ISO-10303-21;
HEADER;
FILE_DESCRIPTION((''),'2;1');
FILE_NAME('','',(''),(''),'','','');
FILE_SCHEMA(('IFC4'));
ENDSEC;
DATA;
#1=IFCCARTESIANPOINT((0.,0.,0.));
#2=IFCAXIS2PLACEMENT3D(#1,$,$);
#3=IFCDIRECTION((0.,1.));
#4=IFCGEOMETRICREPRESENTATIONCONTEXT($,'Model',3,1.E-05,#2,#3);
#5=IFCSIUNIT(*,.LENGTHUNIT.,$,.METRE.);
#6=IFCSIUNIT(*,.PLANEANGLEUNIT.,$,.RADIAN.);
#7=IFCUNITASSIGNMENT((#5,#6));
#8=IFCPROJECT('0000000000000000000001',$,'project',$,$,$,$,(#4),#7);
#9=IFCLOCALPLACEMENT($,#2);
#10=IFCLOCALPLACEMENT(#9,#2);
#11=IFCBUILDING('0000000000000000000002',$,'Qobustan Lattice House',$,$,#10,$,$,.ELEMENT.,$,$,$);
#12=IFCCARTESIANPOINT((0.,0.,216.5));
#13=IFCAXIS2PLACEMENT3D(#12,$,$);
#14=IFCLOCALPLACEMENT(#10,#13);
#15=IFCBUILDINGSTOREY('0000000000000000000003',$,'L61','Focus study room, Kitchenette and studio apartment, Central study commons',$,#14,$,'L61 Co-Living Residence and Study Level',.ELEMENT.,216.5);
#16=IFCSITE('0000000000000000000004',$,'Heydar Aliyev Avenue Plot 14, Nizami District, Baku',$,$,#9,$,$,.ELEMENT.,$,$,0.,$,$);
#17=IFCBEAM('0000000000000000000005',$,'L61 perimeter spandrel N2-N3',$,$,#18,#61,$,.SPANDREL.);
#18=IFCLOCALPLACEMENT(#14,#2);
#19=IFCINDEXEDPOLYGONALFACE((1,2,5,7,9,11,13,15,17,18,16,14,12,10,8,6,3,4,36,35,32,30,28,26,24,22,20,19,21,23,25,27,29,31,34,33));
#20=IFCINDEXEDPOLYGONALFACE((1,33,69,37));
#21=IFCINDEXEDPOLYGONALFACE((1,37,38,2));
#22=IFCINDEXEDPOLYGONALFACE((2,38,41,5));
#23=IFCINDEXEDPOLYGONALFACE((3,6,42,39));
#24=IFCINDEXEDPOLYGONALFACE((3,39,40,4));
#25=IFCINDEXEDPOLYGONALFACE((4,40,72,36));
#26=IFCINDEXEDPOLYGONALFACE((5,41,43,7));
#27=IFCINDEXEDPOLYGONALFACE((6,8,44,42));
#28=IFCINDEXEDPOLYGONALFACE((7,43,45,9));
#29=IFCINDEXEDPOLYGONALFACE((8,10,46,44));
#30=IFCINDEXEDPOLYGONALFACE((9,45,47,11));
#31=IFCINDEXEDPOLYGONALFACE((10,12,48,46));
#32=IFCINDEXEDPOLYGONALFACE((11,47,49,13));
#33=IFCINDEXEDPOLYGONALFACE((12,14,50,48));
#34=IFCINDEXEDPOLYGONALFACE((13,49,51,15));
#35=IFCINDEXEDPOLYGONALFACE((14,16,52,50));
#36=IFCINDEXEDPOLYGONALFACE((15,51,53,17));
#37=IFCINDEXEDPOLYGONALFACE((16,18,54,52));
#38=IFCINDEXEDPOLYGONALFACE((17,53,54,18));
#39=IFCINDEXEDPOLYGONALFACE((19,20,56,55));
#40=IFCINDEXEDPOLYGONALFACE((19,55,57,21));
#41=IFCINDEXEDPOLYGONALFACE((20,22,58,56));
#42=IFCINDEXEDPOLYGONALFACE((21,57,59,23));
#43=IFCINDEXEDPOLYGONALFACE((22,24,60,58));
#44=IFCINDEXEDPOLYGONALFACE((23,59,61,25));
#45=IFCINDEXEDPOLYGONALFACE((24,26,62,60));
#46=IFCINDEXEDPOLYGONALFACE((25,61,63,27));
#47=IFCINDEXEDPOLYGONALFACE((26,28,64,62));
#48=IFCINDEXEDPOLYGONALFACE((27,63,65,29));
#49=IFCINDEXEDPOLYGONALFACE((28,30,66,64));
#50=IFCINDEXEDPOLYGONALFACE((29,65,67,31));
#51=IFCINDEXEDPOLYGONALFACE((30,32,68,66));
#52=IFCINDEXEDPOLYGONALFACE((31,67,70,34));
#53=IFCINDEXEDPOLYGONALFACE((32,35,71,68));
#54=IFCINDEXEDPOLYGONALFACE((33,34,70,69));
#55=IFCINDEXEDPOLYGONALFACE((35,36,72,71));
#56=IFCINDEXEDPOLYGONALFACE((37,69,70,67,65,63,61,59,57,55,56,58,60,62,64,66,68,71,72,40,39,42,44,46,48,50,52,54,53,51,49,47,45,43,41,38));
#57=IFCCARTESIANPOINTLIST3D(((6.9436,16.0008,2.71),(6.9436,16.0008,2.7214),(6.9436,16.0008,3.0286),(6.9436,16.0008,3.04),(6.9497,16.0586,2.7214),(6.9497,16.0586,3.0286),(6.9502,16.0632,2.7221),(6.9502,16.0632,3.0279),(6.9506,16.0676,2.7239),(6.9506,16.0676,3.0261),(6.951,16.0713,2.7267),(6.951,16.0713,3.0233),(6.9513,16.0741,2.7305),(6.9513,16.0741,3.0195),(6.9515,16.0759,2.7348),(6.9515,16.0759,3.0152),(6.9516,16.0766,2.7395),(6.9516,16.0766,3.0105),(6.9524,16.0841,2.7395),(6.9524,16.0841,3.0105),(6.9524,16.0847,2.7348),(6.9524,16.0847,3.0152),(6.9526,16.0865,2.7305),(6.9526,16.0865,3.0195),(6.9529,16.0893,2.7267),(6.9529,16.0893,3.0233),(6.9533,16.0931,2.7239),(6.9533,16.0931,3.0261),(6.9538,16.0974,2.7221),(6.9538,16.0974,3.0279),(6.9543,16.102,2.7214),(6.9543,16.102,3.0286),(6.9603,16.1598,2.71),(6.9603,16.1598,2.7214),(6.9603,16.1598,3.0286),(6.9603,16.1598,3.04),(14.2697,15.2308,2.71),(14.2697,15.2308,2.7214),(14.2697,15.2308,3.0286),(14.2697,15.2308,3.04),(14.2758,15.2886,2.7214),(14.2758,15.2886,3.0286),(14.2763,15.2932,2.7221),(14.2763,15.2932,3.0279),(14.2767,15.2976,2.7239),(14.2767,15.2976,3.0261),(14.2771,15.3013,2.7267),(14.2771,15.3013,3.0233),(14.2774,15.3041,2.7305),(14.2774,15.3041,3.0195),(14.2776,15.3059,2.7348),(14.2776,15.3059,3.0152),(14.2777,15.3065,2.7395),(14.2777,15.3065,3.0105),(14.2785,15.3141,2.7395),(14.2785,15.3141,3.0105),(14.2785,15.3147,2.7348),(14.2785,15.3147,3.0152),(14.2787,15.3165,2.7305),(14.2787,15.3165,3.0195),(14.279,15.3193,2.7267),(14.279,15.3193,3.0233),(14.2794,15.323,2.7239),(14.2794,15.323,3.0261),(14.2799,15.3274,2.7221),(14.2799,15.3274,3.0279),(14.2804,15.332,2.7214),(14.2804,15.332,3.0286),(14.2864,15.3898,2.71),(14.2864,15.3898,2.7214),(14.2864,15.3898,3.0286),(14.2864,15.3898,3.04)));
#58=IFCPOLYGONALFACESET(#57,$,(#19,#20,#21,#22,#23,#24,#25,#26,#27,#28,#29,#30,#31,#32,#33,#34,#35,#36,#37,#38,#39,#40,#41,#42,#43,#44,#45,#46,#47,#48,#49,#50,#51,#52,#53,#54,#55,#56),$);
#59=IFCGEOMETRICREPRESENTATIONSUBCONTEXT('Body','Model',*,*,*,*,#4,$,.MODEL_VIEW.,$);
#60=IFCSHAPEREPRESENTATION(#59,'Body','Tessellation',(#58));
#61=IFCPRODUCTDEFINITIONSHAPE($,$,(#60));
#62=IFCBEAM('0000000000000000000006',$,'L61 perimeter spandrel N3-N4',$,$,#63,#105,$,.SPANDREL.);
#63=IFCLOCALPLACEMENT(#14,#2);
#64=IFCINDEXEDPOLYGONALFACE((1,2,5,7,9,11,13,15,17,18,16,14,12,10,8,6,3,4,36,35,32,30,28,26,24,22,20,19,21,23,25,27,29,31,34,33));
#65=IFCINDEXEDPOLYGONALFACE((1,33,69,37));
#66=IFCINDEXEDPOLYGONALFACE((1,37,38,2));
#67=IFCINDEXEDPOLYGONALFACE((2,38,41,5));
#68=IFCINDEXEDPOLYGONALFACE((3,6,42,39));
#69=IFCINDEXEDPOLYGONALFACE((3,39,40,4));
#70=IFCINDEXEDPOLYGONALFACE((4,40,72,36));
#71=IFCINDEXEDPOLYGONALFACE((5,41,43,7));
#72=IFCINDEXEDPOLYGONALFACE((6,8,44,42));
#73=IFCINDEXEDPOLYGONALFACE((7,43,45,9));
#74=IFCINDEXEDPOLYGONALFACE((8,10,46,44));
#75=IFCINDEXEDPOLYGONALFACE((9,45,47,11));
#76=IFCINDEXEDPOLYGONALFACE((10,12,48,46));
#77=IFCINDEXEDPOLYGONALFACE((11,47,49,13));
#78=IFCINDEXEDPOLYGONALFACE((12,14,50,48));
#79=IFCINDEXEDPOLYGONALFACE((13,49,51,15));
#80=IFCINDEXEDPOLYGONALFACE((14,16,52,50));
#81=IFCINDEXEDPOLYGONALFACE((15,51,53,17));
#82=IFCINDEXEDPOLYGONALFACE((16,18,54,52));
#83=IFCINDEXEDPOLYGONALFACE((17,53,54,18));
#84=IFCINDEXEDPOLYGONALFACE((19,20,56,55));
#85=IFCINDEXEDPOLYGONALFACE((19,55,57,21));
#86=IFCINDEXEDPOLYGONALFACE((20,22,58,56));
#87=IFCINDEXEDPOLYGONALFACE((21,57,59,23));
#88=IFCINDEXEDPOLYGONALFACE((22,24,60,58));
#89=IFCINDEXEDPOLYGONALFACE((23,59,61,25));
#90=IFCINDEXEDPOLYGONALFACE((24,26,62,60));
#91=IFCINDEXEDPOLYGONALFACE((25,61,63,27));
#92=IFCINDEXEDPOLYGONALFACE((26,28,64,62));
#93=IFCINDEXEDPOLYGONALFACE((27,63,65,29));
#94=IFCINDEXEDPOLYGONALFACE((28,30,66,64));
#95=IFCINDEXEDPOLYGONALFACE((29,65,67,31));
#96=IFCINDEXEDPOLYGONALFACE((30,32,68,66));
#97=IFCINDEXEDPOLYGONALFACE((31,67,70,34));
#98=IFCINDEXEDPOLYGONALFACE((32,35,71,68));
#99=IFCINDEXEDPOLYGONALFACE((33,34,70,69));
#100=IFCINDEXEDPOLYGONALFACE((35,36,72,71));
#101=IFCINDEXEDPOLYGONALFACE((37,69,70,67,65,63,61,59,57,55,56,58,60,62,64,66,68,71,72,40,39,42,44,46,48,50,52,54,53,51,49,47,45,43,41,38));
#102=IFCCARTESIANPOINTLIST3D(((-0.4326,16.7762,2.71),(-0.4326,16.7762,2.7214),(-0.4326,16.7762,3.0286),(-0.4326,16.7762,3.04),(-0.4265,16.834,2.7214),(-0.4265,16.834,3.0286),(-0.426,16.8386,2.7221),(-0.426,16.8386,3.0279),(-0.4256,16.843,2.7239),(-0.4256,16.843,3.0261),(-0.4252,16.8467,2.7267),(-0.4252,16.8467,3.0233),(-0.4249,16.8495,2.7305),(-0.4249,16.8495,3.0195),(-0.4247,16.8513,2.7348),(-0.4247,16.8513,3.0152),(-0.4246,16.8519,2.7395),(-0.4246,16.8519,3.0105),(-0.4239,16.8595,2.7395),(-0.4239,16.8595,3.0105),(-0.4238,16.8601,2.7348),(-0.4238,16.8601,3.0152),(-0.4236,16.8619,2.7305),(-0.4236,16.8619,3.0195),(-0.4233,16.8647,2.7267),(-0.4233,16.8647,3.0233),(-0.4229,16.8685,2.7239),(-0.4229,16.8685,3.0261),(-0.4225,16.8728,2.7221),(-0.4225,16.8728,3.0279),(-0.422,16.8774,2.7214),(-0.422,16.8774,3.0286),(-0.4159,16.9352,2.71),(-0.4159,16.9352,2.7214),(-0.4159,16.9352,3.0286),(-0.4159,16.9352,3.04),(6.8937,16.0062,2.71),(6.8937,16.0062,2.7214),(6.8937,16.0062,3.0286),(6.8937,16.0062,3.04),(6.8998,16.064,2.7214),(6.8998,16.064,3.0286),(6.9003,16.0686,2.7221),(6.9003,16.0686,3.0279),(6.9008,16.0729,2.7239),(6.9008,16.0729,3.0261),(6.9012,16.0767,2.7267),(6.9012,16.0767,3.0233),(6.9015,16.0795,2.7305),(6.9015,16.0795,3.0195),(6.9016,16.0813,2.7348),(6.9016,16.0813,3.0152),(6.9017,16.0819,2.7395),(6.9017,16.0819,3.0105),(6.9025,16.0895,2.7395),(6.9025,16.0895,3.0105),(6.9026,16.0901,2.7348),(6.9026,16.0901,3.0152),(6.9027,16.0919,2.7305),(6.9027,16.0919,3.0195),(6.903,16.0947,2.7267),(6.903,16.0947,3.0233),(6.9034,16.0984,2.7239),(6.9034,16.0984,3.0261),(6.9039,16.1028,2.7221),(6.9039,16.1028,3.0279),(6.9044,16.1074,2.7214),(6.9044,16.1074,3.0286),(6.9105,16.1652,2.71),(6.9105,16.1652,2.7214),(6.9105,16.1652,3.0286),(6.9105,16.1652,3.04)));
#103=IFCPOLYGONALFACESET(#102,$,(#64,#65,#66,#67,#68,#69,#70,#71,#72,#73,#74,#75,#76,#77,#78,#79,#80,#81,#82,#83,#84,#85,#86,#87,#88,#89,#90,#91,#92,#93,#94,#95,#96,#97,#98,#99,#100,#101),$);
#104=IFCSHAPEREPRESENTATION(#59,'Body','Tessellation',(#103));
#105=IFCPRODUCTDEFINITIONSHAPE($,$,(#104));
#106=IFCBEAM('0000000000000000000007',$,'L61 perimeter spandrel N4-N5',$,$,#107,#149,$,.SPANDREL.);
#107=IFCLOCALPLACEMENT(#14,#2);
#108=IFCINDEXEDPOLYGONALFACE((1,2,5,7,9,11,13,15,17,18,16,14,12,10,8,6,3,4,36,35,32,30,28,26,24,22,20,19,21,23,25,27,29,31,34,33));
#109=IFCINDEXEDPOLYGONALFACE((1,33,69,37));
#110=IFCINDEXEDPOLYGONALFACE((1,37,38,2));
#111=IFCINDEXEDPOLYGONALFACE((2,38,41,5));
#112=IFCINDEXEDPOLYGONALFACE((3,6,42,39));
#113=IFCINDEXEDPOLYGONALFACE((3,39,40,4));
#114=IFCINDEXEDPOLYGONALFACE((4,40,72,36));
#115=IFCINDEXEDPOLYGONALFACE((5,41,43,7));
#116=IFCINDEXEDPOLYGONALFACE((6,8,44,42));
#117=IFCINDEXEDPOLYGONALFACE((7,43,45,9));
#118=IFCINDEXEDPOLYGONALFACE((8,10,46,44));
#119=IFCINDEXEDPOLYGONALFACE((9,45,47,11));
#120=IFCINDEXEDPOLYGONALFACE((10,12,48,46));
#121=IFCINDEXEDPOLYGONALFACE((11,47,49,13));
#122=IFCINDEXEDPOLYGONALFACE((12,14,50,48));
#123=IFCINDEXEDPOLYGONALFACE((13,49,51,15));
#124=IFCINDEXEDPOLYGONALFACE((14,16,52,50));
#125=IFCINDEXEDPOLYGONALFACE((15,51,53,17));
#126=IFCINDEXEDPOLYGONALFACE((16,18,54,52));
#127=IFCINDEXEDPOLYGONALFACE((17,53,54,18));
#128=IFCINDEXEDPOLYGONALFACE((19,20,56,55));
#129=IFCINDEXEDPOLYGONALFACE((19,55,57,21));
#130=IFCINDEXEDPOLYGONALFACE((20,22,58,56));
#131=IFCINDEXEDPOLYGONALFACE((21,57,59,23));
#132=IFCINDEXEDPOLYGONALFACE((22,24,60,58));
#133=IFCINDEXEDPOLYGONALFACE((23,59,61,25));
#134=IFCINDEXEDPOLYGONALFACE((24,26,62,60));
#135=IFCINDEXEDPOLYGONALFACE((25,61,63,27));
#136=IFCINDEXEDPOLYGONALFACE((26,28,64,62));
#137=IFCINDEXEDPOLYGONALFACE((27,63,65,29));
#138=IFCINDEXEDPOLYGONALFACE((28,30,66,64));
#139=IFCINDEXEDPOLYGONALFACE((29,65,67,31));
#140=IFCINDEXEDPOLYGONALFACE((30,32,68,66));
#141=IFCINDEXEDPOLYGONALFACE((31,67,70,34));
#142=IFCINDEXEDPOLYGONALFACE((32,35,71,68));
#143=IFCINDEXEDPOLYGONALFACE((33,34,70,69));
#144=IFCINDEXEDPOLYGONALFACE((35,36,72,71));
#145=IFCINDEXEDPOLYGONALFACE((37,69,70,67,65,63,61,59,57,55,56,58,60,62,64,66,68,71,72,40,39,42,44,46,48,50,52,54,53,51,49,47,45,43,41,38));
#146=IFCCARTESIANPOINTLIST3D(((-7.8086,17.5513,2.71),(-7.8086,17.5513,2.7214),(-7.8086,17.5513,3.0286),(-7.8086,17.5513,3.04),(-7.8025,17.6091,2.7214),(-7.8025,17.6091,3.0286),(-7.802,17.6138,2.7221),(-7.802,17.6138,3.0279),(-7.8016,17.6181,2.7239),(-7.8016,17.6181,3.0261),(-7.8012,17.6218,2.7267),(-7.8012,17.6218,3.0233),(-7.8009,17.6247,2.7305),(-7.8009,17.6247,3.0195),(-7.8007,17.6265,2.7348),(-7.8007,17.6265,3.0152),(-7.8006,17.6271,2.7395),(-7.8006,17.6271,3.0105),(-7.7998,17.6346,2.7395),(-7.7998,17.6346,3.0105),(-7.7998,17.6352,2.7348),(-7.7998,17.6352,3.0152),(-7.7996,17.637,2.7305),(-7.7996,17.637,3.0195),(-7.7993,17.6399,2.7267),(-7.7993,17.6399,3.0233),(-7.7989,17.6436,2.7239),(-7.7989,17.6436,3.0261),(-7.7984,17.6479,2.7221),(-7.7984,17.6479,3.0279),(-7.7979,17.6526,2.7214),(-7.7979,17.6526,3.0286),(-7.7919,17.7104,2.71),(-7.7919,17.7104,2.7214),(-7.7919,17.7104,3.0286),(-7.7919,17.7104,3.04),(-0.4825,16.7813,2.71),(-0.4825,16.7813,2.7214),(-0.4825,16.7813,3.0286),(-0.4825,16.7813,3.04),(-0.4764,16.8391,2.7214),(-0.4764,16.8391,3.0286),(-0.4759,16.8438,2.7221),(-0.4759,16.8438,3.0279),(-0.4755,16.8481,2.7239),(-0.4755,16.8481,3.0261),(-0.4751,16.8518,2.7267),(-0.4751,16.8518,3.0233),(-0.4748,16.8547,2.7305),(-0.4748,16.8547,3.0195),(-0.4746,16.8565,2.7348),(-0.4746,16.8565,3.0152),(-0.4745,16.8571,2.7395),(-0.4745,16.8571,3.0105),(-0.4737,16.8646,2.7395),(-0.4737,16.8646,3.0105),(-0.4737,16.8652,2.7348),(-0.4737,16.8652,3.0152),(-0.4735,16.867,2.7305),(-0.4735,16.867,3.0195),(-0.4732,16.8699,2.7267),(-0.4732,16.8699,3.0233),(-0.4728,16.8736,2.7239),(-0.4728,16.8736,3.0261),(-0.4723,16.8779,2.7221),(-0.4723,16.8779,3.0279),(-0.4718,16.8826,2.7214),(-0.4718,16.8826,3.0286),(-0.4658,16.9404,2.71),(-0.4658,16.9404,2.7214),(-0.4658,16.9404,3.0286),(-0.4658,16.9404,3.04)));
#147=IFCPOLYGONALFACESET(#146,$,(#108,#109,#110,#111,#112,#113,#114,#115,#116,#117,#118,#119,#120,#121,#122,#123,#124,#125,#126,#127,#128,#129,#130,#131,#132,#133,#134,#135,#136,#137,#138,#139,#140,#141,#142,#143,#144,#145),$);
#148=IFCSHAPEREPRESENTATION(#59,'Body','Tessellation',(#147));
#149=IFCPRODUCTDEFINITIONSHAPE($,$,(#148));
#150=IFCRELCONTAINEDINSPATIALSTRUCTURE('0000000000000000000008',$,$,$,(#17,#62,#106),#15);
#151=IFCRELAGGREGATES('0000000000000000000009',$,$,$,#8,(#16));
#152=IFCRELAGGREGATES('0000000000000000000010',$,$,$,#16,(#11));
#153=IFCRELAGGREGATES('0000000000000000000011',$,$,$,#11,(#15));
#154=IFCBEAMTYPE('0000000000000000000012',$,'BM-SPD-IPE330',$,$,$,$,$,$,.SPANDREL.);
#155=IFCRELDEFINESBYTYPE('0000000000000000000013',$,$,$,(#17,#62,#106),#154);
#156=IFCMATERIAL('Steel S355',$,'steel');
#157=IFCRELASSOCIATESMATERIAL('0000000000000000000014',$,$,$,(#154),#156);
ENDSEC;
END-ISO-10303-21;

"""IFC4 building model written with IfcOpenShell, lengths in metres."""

from ifc_helpers import new_model, si_unit, direction, frame, origin, origin_2d, place, context, subcontext, project, spatial, i_section, extrude, material, material_profile, profile_set, type_object, element, save


model = new_model("IFC4")

# Units and contexts
model_context = context("Model", 3, precision=1e-05, world=origin(), true_north=direction((0.0, 1.0)))
body_context = subcontext(model_context, "Body", "Model", "MODEL_VIEW")
ifc_project = project(units=[si_unit("LENGTHUNIT", "METRE"), si_unit("PLANEANGLEUNIT", "RADIAN")], contexts=[model_context])

# Site, building, storey
site_placement = place(None, origin())
site = spatial("IfcSite", under=ifc_project, at=site_placement, Name="Heydar Aliyev Avenue Plot 14, Nizami District, Baku", CompositionType="ELEMENT", RefElevation=0.0)
building_placement = place(site_placement, origin())
building = spatial("IfcBuilding", under=site, at=building_placement, Name="Qobustan Lattice House", CompositionType="ELEMENT")
storey_placement = place(building_placement, frame((0.0, 0.0, 216.5)))
storey = spatial("IfcBuildingStorey", under=building, at=storey_placement, Name="L61", Description="Focus study room, Kitchenette and studio apartment, Central study commons", LongName="L61 Co-Living Residence and Study Level", CompositionType="ELEMENT", Elevation=216.5)

# Beams
ifc_material_1 = material(Name="Steel S355", Category="steel")
ifc_material_profile_1 = material_profile(ifc_material_1, i_section(OverallWidth=0.1599, OverallDepth=0.3301, WebThickness=0.0076, FlangeThickness=0.0115, FilletRadius=0.0181, at=origin_2d()), Name="IPE330")
ifc_profile_set_1 = profile_set([ifc_material_profile_1], Name="Steel S355")
beam_type_1 = type_object("IfcBeamType", Name="BM-SPD-IPE330", PredefinedType="SPANDREL", material=ifc_profile_set_1)
beam_1_placement = place(storey_placement, frame((14.2781, 15.3103, 2.875), z_axis=(-0.994522, 0.10453, 0.0), x_axis=(-0.10453, -0.994522, 0.0)))
element("IfcBeam", 1, at=beam_1_placement, inside=storey, type_object=beam_type_1, Name="L61 perimeter spandrel N2-N3", PredefinedType="SPANDREL", context=body_context, shape_type="SweptSolid", body=[
    extrude(i_section(OverallWidth=0.1599, OverallDepth=0.3301, WebThickness=0.0076, FlangeThickness=0.0115, FilletRadius=0.0181, at=origin_2d()), origin(), (0.0, 0.0, 1.0), 7.3665),
])
beam_2_placement = place(storey_placement, frame((6.9021, 16.0857, 2.875), z_axis=(-0.994522, 0.104526, 0.0), x_axis=(-0.104526, -0.994522, 0.0)))
element("IfcBeam", 2, at=beam_2_placement, inside=storey, type_object=beam_type_1, Name="L61 perimeter spandrel N3-N4", PredefinedType="SPANDREL", context=body_context, shape_type="SweptSolid", body=[
    extrude(i_section(OverallWidth=0.1599, OverallDepth=0.3301, WebThickness=0.0076, FlangeThickness=0.0115, FilletRadius=0.0181, at=origin_2d()), origin(), (0.0, 0.0, 1.0), 7.3667),
])
beam_3_placement = place(storey_placement, frame((-0.4741, 16.8608, 2.875), z_axis=(-0.994522, 0.10453, 0.0), x_axis=(-0.10453, -0.994522, 0.0)))
element("IfcBeam", 3, at=beam_3_placement, inside=storey, type_object=beam_type_1, Name="L61 perimeter spandrel N4-N5", PredefinedType="SPANDREL", context=body_context, shape_type="SweptSolid", body=[
    extrude(i_section(OverallWidth=0.1599, OverallDepth=0.3301, WebThickness=0.0076, FlangeThickness=0.0115, FilletRadius=0.0181, at=origin_2d()), origin(), (0.0, 0.0, 1.0), 7.3665),
])

save(model, "model.ifc")
